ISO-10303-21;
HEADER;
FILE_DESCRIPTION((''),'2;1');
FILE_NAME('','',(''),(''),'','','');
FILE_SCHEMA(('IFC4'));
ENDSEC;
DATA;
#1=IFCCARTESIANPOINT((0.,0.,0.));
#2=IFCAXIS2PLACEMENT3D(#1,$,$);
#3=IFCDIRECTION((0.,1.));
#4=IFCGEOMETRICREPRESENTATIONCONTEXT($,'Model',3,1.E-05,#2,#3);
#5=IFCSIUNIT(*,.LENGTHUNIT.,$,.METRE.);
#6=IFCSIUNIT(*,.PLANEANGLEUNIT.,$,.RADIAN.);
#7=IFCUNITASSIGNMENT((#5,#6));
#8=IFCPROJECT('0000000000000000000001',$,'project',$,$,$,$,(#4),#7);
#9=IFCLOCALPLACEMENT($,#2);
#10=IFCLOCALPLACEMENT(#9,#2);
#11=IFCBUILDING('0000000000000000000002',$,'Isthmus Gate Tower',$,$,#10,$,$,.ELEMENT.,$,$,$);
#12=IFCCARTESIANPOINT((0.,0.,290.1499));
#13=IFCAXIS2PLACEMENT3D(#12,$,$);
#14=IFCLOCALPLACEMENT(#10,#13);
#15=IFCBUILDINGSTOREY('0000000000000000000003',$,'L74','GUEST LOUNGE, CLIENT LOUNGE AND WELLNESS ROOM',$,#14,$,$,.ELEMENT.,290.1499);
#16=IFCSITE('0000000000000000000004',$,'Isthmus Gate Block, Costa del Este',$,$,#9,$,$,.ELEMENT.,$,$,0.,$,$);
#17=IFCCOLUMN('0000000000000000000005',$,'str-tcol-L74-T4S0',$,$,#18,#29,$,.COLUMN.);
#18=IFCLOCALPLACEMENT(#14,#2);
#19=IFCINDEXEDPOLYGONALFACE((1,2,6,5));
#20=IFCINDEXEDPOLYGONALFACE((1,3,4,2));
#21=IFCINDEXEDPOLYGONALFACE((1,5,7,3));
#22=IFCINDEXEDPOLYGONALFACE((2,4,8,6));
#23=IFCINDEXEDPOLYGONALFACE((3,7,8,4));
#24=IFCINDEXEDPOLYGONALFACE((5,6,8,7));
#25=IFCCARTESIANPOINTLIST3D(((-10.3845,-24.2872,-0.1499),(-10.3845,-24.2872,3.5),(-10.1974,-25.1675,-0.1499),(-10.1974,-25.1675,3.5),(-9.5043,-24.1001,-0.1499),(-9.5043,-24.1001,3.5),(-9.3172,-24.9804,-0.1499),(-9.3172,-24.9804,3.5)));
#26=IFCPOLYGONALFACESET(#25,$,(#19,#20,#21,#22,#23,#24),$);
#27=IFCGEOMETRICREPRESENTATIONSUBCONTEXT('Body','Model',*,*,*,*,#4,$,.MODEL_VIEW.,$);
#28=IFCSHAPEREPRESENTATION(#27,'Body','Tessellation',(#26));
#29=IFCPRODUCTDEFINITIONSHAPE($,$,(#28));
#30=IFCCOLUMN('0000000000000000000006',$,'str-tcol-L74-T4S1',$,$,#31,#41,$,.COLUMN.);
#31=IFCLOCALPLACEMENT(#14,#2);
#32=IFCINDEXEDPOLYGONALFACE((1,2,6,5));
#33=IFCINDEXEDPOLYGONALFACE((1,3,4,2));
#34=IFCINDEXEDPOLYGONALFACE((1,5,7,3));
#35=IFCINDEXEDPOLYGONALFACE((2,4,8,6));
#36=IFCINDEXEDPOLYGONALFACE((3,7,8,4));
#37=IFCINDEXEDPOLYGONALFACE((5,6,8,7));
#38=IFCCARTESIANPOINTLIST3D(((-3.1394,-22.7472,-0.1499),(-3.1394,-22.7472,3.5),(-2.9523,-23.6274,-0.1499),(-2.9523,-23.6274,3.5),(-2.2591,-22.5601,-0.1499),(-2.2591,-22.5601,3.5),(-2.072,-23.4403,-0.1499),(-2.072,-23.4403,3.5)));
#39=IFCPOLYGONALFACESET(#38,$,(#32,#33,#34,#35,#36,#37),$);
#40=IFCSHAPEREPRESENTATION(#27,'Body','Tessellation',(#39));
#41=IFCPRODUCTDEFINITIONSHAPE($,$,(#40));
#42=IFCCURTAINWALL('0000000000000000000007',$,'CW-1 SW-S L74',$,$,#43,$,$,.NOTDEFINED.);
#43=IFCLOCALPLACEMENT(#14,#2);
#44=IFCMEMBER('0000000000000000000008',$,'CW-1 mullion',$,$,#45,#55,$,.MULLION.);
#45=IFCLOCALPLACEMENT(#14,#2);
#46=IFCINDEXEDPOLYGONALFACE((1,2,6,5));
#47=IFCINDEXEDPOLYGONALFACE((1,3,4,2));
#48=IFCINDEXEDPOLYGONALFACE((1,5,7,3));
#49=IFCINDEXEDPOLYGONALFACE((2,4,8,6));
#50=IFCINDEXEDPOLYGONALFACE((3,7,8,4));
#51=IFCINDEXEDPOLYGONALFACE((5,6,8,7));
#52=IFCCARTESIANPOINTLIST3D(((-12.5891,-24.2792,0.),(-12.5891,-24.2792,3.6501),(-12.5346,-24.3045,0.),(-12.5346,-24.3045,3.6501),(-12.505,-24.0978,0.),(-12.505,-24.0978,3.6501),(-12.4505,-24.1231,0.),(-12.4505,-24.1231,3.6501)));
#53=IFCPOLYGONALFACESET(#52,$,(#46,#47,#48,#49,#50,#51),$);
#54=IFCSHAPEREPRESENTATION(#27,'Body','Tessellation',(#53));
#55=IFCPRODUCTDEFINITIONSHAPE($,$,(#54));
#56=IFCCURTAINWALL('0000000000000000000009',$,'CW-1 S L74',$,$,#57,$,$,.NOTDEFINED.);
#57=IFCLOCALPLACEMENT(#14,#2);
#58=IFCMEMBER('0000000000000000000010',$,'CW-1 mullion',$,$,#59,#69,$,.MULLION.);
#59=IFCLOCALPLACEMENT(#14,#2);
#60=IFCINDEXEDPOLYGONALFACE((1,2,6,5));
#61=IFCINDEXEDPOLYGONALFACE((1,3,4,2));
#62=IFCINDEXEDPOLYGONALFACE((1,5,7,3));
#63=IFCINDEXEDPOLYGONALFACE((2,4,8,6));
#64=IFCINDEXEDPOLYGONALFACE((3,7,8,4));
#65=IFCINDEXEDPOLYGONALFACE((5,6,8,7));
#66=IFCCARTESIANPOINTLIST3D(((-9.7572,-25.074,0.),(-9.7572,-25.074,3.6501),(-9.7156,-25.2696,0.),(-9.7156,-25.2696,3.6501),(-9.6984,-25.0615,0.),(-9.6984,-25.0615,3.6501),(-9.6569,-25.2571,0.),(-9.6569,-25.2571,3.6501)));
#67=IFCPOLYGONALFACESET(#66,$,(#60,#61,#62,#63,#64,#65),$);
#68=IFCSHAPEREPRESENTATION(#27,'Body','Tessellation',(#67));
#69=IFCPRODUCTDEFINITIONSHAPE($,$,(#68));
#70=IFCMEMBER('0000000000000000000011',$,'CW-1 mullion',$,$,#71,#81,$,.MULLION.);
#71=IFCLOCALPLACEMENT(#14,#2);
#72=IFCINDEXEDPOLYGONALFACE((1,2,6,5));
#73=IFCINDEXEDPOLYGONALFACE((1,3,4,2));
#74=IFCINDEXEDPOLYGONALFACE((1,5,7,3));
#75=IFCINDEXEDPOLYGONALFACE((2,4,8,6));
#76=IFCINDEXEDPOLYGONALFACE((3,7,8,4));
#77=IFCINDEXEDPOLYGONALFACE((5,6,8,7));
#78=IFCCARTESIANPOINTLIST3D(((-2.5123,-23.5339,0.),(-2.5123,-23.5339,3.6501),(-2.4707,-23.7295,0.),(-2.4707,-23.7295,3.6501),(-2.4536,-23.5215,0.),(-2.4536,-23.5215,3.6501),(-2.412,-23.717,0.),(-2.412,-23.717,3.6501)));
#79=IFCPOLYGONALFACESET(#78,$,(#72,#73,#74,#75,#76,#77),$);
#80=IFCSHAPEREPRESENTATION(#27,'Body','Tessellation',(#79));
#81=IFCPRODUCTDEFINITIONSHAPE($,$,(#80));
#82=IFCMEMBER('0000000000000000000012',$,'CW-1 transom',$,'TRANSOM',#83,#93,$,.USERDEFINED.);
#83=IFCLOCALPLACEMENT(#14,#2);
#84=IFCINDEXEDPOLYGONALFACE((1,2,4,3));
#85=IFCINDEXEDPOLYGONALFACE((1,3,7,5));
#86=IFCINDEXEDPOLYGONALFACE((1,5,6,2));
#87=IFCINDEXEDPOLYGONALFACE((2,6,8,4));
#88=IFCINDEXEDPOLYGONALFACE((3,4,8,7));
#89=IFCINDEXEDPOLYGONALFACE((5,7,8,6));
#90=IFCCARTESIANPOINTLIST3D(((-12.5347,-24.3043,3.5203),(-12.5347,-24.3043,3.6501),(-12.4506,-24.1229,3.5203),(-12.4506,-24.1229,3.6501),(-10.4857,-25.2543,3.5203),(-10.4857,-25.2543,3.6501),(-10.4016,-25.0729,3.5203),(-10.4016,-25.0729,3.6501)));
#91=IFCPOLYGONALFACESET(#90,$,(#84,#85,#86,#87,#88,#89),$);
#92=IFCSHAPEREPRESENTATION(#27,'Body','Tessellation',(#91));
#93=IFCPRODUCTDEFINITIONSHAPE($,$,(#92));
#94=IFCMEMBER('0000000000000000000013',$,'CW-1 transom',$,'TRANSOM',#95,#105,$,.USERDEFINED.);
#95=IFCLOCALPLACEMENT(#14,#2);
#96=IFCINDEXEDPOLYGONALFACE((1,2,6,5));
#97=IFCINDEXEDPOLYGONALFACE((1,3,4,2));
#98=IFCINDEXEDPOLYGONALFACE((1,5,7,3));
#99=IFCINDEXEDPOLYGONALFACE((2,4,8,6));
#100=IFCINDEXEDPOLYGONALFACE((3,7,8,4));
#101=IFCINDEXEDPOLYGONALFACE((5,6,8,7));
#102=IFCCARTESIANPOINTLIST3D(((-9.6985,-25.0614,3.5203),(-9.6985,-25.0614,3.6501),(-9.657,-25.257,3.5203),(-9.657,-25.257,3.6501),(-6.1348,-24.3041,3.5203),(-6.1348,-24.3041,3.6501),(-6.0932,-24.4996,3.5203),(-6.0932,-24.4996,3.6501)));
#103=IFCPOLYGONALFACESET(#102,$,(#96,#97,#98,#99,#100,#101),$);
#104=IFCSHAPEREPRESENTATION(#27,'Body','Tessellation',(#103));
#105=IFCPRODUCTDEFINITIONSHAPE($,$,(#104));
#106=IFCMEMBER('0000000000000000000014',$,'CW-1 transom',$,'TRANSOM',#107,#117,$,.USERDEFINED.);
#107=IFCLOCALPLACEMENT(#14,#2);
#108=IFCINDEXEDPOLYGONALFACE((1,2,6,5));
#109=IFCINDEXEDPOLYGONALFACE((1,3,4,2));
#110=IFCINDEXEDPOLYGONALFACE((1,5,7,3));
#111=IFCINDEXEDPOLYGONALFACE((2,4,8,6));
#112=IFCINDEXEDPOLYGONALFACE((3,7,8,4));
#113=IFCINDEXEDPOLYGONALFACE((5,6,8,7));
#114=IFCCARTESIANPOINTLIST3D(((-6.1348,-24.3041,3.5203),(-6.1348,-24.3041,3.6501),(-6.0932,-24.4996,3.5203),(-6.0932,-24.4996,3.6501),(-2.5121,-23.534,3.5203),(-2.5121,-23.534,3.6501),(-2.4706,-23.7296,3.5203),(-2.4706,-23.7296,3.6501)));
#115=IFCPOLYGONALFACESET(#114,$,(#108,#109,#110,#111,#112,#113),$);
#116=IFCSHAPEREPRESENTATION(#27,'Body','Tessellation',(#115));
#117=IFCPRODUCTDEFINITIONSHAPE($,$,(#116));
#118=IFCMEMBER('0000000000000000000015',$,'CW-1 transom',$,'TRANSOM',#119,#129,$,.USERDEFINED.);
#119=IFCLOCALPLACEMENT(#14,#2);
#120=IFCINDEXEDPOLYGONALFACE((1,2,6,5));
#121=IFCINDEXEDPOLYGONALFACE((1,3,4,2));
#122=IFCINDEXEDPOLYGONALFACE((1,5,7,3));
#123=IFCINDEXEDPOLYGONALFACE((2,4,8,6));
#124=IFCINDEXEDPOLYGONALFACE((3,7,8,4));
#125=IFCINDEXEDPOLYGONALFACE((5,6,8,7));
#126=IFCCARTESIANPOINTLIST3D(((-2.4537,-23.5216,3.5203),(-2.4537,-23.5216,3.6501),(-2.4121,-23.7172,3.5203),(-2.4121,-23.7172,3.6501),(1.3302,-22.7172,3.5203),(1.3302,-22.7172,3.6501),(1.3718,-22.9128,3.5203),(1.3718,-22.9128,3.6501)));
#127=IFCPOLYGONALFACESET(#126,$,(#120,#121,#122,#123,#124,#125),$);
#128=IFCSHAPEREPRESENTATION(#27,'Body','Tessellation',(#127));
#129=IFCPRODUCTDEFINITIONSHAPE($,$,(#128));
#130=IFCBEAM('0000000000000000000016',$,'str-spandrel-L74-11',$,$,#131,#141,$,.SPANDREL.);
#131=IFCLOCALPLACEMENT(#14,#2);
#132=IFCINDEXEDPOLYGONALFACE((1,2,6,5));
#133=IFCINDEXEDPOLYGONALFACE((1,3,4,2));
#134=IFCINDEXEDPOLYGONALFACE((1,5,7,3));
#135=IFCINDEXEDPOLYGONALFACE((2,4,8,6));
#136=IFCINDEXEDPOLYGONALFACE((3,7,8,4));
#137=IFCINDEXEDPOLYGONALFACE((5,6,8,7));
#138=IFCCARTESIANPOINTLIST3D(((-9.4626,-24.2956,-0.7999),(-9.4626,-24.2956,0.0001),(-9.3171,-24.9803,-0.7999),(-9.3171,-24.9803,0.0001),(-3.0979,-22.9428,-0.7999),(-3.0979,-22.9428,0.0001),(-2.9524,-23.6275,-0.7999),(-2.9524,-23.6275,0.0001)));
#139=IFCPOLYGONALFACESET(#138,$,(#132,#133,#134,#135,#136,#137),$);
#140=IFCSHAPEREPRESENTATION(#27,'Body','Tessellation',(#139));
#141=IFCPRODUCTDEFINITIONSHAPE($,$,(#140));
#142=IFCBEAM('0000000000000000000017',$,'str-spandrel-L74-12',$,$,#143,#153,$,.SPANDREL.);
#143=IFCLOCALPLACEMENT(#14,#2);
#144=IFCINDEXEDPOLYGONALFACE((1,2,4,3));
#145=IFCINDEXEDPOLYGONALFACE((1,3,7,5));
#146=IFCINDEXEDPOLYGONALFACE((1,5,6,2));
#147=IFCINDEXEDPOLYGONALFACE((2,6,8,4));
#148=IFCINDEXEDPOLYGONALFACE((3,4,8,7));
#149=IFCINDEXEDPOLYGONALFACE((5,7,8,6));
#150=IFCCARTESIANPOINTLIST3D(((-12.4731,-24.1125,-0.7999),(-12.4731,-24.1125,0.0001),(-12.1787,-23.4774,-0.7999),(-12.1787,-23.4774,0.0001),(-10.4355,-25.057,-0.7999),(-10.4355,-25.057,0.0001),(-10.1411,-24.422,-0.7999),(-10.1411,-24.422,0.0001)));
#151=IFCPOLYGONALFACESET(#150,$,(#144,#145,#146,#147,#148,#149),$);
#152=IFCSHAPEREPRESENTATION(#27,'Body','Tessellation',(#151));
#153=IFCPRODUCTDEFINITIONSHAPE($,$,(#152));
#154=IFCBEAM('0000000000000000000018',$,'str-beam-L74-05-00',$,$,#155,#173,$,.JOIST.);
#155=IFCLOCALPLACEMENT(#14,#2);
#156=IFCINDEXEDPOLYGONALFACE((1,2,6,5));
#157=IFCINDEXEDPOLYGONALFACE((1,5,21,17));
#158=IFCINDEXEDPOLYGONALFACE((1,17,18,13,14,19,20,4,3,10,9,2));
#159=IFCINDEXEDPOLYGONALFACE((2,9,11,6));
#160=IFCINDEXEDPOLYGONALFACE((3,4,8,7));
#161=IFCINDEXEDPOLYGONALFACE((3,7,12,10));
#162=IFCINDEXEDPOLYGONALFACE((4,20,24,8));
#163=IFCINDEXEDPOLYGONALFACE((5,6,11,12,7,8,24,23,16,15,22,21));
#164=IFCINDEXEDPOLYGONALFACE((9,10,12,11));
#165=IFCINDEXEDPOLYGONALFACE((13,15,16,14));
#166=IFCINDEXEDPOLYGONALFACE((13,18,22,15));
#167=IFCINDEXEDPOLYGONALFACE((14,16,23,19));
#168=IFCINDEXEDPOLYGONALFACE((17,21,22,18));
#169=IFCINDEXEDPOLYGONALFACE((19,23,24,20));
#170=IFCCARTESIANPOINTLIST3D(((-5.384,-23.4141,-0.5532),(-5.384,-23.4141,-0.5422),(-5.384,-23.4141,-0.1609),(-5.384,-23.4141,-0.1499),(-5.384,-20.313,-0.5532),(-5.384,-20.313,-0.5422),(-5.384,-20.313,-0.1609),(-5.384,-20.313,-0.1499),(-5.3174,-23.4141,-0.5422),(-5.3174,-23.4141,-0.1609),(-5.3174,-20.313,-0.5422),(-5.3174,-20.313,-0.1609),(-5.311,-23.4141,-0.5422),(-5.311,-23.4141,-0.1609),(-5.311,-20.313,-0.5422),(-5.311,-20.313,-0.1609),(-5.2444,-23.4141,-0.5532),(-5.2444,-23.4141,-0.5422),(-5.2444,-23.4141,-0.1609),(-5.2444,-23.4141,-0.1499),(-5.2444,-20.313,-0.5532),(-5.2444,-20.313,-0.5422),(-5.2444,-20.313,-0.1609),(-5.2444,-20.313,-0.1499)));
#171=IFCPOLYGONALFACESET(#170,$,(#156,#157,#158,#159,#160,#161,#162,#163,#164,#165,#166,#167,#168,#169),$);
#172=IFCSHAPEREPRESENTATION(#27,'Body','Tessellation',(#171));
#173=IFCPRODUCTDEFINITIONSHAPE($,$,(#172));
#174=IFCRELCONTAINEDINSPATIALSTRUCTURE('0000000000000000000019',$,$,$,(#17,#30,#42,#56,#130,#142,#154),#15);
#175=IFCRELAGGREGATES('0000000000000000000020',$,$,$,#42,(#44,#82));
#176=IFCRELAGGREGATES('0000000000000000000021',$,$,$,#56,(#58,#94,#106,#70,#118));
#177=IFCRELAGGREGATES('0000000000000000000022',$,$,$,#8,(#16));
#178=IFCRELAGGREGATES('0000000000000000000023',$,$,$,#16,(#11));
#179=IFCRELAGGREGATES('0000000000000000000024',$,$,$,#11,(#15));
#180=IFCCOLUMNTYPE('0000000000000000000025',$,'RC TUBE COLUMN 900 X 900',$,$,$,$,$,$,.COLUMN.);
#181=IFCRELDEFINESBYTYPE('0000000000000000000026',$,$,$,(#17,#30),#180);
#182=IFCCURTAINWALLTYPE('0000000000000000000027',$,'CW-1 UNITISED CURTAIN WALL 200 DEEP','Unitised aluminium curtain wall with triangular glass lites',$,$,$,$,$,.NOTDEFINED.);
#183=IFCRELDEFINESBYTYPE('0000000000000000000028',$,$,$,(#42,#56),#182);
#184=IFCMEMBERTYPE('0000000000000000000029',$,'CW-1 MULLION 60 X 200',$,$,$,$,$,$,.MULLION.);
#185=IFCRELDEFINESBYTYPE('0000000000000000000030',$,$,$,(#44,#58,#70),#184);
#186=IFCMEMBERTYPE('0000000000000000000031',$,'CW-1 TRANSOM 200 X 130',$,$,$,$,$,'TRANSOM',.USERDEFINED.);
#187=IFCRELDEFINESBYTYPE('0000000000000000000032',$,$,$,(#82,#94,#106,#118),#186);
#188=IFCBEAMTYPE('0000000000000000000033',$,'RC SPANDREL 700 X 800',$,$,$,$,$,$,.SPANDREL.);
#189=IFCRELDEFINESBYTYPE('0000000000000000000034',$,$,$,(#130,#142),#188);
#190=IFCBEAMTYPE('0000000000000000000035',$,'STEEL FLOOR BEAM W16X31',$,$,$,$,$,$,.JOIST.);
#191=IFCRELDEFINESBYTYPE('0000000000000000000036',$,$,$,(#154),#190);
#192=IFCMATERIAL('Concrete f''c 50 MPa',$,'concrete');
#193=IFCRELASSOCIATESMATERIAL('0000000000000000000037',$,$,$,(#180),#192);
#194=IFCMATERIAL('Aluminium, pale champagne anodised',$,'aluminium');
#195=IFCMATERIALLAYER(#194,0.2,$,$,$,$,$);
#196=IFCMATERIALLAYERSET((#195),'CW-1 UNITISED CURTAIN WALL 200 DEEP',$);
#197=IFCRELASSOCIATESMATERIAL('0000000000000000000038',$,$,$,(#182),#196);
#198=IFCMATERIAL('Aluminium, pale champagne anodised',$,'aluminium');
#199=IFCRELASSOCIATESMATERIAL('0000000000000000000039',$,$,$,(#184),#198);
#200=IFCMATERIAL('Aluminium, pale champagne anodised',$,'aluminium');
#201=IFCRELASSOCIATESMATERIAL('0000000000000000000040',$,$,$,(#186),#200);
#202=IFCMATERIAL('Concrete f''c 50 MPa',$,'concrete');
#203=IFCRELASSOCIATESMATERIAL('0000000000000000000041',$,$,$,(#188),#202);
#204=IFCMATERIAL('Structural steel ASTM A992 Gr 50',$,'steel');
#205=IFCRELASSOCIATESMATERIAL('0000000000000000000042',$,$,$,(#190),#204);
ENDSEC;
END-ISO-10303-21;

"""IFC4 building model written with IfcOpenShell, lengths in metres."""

from ifc_helpers import new_model, si_unit, direction, frame, origin, origin_2d, place, context, subcontext, project, spatial, rectangle, i_section, extrude, material, layer, layer_set, material_profile, profile_set, type_object, element, aggregate, save


model = new_model("IFC4")

# Units and contexts
model_context = context("Model", 3, precision=1e-05, world=origin(), true_north=direction((0.0, 1.0)))
body_context = subcontext(model_context, "Body", "Model", "MODEL_VIEW")
ifc_project = project(units=[si_unit("LENGTHUNIT", "METRE"), si_unit("PLANEANGLEUNIT", "RADIAN")], contexts=[model_context])

# Site, building, storey
site_placement = place(None, origin())
site = spatial("IfcSite", under=ifc_project, at=site_placement, Name="Isthmus Gate Block, Costa del Este", CompositionType="ELEMENT", RefElevation=0.0)
building_placement = place(site_placement, origin())
building = spatial("IfcBuilding", under=site, at=building_placement, Name="Isthmus Gate Tower", CompositionType="ELEMENT")
storey_placement = place(building_placement, frame((0.0, 0.0, 290.1499)))
storey = spatial("IfcBuildingStorey", under=building, at=storey_placement, Name="L74", Description="GUEST LOUNGE, CLIENT LOUNGE AND WELLNESS ROOM", CompositionType="ELEMENT", Elevation=290.1499)

# Columns
ifc_material_1 = material(Name="Concrete f'c 50 MPa", Category="concrete")
ifc_material_profile_1 = material_profile(ifc_material_1, rectangle(XDim=0.8999, YDim=0.8999, at=origin_2d()), Name="RC 900X900")
ifc_profile_set_1 = profile_set([ifc_material_profile_1], Name="Concrete f'c 50 MPa")
column_type = type_object("IfcColumnType", Name="RC TUBE COLUMN 900 X 900", PredefinedType="COLUMN", material=ifc_profile_set_1)
for number, where, z_axis, x_axis, name in (
    (1, (-9.8508, -24.6338, -0.1499), (0.0, 0.0, 1.0), (0.978148, 0.207912, 0.0), "str-tcol-L74-T4S0"),
    (2, (-2.6057, -23.0938, -0.1499), (0.0, 0.0, 1.0), (0.978148, 0.207912, 0.0), "str-tcol-L74-T4S1"),
):
    element("IfcColumn", number, at=place(storey_placement, frame(where, z_axis=z_axis, x_axis=x_axis)), inside=storey, type_object=column_type, Name=name, PredefinedType="COLUMN", context=body_context, shape_type="SweptSolid", body=[
        extrude(rectangle(XDim=0.8999, YDim=0.8999, at=origin_2d()), origin(), (0.0, 0.0, 1.0), 3.6499),
    ])

# Curtain wall, member
ifc_material_2 = material(Name="Aluminium, pale champagne anodised", Category="aluminium")
ifc_layer_1 = layer(ifc_material_2, 0.2)
ifc_layer_set_1 = layer_set([ifc_layer_1], Name="CW-1 UNITISED CURTAIN WALL 200 DEEP")
curtain_wall_type = type_object("IfcCurtainWallType", Name="CW-1 UNITISED CURTAIN WALL 200 DEEP", Description="Unitised aluminium curtain wall with triangular glass lites", PredefinedType="NOTDEFINED", material=ifc_layer_set_1)
curtain_wall_1_placement = place(storey_placement, origin())
curtain_wall_1 = element("IfcCurtainWall", 3, at=curtain_wall_1_placement, inside=storey, type_object=curtain_wall_type, Name="CW-1 SW-S L74", PredefinedType="NOTDEFINED")
ifc_material_3 = material(Name="Aluminium, pale champagne anodised", Category="aluminium")
ifc_material_profile_2 = material_profile(ifc_material_3, rectangle(XDim=0.0601, YDim=0.2, at=origin_2d()), Name="60x200")
ifc_profile_set_2 = profile_set([ifc_material_profile_2], Name="Aluminium, pale champagne anodised")
member_type_1 = type_object("IfcMemberType", Name="CW-1 MULLION 60 X 200", PredefinedType="MULLION", material=ifc_profile_set_2)
member_1_placement = place(storey_placement, frame((-12.5198, -24.2012, 0.0), z_axis=(0.0, 0.0, 1.0), x_axis=(0.907256, -0.420578, 0.0)))
member_1 = element("IfcMember", 4, at=member_1_placement, type_object=member_type_1, Name="CW-1 mullion", PredefinedType="MULLION", context=body_context, shape_type="SweptSolid", body=[
    extrude(rectangle(XDim=0.0601, YDim=0.2, at=origin_2d()), origin(), (0.0, 0.0, 1.0), 3.6501),
])

# Curtain wall, members
curtain_wall_2_placement = place(storey_placement, origin())
curtain_wall_2 = element("IfcCurtainWall", 5, at=curtain_wall_2_placement, inside=storey, type_object=curtain_wall_type, Name="CW-1 S L74", PredefinedType="NOTDEFINED")
member_2_placement = place(storey_placement, frame((-9.707, -25.1655, 0.0), z_axis=(0.0, 0.0, 1.0), x_axis=(0.978148, 0.207912, 0.0)))
member_2 = element("IfcMember", 6, at=member_2_placement, type_object=member_type_1, Name="CW-1 mullion", PredefinedType="MULLION", context=body_context, shape_type="SweptSolid", body=[
    extrude(rectangle(XDim=0.0601, YDim=0.2, at=origin_2d()), origin(), (0.0, 0.0, 1.0), 3.6501),
])
member_3_placement = place(storey_placement, frame((-2.4622, -23.6255, 0.0), z_axis=(0.0, 0.0, 1.0), x_axis=(0.978148, 0.207912, 0.0)))
member_3 = element("IfcMember", 7, at=member_3_placement, type_object=member_type_1, Name="CW-1 mullion", PredefinedType="MULLION", context=body_context, shape_type="SweptSolid", body=[
    extrude(rectangle(XDim=0.0601, YDim=0.2, at=origin_2d()), origin(), (0.0, 0.0, 1.0), 3.6501),
])

# Members
ifc_material_4 = material(Name="Aluminium, pale champagne anodised", Category="aluminium")
ifc_material_profile_3 = material_profile(ifc_material_4, rectangle(XDim=0.2, YDim=0.1299, at=origin_2d()), Name="200x130")
ifc_profile_set_3 = profile_set([ifc_material_profile_3], Name="Aluminium, pale champagne anodised")
member_type_2 = type_object("IfcMemberType", Name="CW-1 TRANSOM 200 X 130", ElementType="TRANSOM", PredefinedType="USERDEFINED", material=ifc_profile_set_3)
member_4_placement = place(storey_placement, frame((-12.4927, -24.2136, 3.5852), z_axis=(0.907246, -0.4206, 0.0), x_axis=(0.4206, 0.907246, 0.0)))
member_4 = element("IfcMember", 8, at=member_4_placement, type_object=member_type_2, Name="CW-1 transom", ObjectType="TRANSOM", PredefinedType="USERDEFINED", context=body_context, shape_type="SweptSolid", body=[
    extrude(rectangle(XDim=0.2, YDim=0.1299, at=origin_2d()), origin(), (0.0, 0.0, 1.0), 2.2585),
])
member_5_placement = place(storey_placement, frame((-9.6777, -25.1592, 3.5852), z_axis=(0.978157, 0.207868, 0.0), x_axis=(-0.207868, 0.978157, 0.0)))
member_5 = element("IfcMember", 9, at=member_5_placement, type_object=member_type_2, Name="CW-1 transom", ObjectType="TRANSOM", PredefinedType="USERDEFINED", context=body_context, shape_type="SweptSolid", body=[
    extrude(rectangle(XDim=0.2, YDim=0.1299, at=origin_2d()), origin(), (0.0, 0.0, 1.0), 3.6433),
])
member_6_placement = place(storey_placement, frame((-6.114, -24.4019, 3.5852), z_axis=(0.978146, 0.207917, 0.0), x_axis=(-0.207917, 0.978146, 0.0)))
member_6 = element("IfcMember", 10, at=member_6_placement, type_object=member_type_2, Name="CW-1 transom", ObjectType="TRANSOM", PredefinedType="USERDEFINED", context=body_context, shape_type="SweptSolid", body=[
    extrude(rectangle(XDim=0.2, YDim=0.1299, at=origin_2d()), origin(), (0.0, 0.0, 1.0), 3.7036),
])
member_7_placement = place(storey_placement, frame((-2.4329, -23.6194, 3.5852), z_axis=(0.97814, 0.207947, 0.0), x_axis=(-0.207947, 0.97814, 0.0)))
member_7 = element("IfcMember", 11, at=member_7_placement, type_object=member_type_2, Name="CW-1 transom", ObjectType="TRANSOM", PredefinedType="USERDEFINED", context=body_context, shape_type="SweptSolid", body=[
    extrude(rectangle(XDim=0.2, YDim=0.1299, at=origin_2d()), origin(), (0.0, 0.0, 1.0), 3.8684),
])

# Beams
ifc_material_5 = material(Name="Concrete f'c 50 MPa", Category="concrete")
ifc_material_profile_4 = material_profile(ifc_material_5, rectangle(XDim=0.7, YDim=0.8, at=origin_2d()), Name="RC 700X800")
ifc_profile_set_4 = profile_set([ifc_material_profile_4], Name="Concrete f'c 50 MPa")
beam_type_1 = type_object("IfcBeamType", Name="RC SPANDREL 700 X 800", PredefinedType="SPANDREL", material=ifc_profile_set_4)
beam_1_placement = place(storey_placement, frame((-3.0251, -23.2852, -0.3999), z_axis=(-0.97815, -0.207899, 0.0), x_axis=(0.207899, -0.97815, 0.0)))
element("IfcBeam", 12, at=beam_1_placement, inside=storey, type_object=beam_type_1, Name="str-spandrel-L74-11", PredefinedType="SPANDREL", context=body_context, shape_type="SweptSolid", body=[
    extrude(rectangle(XDim=0.7, YDim=0.8, at=origin_2d()), origin(), (0.0, 0.0, 1.0), 6.5068),
])
beam_2_placement = place(storey_placement, frame((-10.2883, -24.7395, -0.3999), z_axis=(-0.907255, 0.420581, 0.0), x_axis=(-0.420581, -0.907255, 0.0)))
element("IfcBeam", 13, at=beam_2_placement, inside=storey, type_object=beam_type_1, Name="str-spandrel-L74-12", PredefinedType="SPANDREL", context=body_context, shape_type="SweptSolid", body=[
    extrude(rectangle(XDim=0.7, YDim=0.8, at=origin_2d()), origin(), (0.0, 0.0, 1.0), 2.2458),
])
ifc_material_6 = material(Name="Structural steel ASTM A992 Gr 50", Category="steel")
ifc_material_profile_5 = material_profile(ifc_material_6, i_section(OverallWidth=0.1396, OverallDepth=0.4033, WebThickness=0.0063, FlangeThickness=0.011, at=origin_2d()), Name="W16X31")
ifc_profile_set_5 = profile_set([ifc_material_profile_5], Name="Structural steel ASTM A992 Gr 50")
beam_type_2 = type_object("IfcBeamType", Name="STEEL FLOOR BEAM W16X31", PredefinedType="JOIST", material=ifc_profile_set_5)
beam_3_placement = place(storey_placement, frame((-5.3142, -23.4141, -0.3516), z_axis=(0.0, 1.0, 0.0), x_axis=(-1.0, 0.0, 0.0)))
element("IfcBeam", 14, at=beam_3_placement, inside=storey, type_object=beam_type_2, Name="str-beam-L74-05-00", PredefinedType="JOIST", context=body_context, shape_type="SweptSolid", body=[
    extrude(i_section(OverallWidth=0.1396, OverallDepth=0.4033, WebThickness=0.0063, FlangeThickness=0.011, at=origin_2d()), origin(), (0.0, 0.0, 1.0), 3.1011),
])

aggregate(curtain_wall_1, [member_1, member_4])

aggregate(curtain_wall_2, [member_2, member_5, member_6, member_3, member_7])

save(model, "model.ifc")
